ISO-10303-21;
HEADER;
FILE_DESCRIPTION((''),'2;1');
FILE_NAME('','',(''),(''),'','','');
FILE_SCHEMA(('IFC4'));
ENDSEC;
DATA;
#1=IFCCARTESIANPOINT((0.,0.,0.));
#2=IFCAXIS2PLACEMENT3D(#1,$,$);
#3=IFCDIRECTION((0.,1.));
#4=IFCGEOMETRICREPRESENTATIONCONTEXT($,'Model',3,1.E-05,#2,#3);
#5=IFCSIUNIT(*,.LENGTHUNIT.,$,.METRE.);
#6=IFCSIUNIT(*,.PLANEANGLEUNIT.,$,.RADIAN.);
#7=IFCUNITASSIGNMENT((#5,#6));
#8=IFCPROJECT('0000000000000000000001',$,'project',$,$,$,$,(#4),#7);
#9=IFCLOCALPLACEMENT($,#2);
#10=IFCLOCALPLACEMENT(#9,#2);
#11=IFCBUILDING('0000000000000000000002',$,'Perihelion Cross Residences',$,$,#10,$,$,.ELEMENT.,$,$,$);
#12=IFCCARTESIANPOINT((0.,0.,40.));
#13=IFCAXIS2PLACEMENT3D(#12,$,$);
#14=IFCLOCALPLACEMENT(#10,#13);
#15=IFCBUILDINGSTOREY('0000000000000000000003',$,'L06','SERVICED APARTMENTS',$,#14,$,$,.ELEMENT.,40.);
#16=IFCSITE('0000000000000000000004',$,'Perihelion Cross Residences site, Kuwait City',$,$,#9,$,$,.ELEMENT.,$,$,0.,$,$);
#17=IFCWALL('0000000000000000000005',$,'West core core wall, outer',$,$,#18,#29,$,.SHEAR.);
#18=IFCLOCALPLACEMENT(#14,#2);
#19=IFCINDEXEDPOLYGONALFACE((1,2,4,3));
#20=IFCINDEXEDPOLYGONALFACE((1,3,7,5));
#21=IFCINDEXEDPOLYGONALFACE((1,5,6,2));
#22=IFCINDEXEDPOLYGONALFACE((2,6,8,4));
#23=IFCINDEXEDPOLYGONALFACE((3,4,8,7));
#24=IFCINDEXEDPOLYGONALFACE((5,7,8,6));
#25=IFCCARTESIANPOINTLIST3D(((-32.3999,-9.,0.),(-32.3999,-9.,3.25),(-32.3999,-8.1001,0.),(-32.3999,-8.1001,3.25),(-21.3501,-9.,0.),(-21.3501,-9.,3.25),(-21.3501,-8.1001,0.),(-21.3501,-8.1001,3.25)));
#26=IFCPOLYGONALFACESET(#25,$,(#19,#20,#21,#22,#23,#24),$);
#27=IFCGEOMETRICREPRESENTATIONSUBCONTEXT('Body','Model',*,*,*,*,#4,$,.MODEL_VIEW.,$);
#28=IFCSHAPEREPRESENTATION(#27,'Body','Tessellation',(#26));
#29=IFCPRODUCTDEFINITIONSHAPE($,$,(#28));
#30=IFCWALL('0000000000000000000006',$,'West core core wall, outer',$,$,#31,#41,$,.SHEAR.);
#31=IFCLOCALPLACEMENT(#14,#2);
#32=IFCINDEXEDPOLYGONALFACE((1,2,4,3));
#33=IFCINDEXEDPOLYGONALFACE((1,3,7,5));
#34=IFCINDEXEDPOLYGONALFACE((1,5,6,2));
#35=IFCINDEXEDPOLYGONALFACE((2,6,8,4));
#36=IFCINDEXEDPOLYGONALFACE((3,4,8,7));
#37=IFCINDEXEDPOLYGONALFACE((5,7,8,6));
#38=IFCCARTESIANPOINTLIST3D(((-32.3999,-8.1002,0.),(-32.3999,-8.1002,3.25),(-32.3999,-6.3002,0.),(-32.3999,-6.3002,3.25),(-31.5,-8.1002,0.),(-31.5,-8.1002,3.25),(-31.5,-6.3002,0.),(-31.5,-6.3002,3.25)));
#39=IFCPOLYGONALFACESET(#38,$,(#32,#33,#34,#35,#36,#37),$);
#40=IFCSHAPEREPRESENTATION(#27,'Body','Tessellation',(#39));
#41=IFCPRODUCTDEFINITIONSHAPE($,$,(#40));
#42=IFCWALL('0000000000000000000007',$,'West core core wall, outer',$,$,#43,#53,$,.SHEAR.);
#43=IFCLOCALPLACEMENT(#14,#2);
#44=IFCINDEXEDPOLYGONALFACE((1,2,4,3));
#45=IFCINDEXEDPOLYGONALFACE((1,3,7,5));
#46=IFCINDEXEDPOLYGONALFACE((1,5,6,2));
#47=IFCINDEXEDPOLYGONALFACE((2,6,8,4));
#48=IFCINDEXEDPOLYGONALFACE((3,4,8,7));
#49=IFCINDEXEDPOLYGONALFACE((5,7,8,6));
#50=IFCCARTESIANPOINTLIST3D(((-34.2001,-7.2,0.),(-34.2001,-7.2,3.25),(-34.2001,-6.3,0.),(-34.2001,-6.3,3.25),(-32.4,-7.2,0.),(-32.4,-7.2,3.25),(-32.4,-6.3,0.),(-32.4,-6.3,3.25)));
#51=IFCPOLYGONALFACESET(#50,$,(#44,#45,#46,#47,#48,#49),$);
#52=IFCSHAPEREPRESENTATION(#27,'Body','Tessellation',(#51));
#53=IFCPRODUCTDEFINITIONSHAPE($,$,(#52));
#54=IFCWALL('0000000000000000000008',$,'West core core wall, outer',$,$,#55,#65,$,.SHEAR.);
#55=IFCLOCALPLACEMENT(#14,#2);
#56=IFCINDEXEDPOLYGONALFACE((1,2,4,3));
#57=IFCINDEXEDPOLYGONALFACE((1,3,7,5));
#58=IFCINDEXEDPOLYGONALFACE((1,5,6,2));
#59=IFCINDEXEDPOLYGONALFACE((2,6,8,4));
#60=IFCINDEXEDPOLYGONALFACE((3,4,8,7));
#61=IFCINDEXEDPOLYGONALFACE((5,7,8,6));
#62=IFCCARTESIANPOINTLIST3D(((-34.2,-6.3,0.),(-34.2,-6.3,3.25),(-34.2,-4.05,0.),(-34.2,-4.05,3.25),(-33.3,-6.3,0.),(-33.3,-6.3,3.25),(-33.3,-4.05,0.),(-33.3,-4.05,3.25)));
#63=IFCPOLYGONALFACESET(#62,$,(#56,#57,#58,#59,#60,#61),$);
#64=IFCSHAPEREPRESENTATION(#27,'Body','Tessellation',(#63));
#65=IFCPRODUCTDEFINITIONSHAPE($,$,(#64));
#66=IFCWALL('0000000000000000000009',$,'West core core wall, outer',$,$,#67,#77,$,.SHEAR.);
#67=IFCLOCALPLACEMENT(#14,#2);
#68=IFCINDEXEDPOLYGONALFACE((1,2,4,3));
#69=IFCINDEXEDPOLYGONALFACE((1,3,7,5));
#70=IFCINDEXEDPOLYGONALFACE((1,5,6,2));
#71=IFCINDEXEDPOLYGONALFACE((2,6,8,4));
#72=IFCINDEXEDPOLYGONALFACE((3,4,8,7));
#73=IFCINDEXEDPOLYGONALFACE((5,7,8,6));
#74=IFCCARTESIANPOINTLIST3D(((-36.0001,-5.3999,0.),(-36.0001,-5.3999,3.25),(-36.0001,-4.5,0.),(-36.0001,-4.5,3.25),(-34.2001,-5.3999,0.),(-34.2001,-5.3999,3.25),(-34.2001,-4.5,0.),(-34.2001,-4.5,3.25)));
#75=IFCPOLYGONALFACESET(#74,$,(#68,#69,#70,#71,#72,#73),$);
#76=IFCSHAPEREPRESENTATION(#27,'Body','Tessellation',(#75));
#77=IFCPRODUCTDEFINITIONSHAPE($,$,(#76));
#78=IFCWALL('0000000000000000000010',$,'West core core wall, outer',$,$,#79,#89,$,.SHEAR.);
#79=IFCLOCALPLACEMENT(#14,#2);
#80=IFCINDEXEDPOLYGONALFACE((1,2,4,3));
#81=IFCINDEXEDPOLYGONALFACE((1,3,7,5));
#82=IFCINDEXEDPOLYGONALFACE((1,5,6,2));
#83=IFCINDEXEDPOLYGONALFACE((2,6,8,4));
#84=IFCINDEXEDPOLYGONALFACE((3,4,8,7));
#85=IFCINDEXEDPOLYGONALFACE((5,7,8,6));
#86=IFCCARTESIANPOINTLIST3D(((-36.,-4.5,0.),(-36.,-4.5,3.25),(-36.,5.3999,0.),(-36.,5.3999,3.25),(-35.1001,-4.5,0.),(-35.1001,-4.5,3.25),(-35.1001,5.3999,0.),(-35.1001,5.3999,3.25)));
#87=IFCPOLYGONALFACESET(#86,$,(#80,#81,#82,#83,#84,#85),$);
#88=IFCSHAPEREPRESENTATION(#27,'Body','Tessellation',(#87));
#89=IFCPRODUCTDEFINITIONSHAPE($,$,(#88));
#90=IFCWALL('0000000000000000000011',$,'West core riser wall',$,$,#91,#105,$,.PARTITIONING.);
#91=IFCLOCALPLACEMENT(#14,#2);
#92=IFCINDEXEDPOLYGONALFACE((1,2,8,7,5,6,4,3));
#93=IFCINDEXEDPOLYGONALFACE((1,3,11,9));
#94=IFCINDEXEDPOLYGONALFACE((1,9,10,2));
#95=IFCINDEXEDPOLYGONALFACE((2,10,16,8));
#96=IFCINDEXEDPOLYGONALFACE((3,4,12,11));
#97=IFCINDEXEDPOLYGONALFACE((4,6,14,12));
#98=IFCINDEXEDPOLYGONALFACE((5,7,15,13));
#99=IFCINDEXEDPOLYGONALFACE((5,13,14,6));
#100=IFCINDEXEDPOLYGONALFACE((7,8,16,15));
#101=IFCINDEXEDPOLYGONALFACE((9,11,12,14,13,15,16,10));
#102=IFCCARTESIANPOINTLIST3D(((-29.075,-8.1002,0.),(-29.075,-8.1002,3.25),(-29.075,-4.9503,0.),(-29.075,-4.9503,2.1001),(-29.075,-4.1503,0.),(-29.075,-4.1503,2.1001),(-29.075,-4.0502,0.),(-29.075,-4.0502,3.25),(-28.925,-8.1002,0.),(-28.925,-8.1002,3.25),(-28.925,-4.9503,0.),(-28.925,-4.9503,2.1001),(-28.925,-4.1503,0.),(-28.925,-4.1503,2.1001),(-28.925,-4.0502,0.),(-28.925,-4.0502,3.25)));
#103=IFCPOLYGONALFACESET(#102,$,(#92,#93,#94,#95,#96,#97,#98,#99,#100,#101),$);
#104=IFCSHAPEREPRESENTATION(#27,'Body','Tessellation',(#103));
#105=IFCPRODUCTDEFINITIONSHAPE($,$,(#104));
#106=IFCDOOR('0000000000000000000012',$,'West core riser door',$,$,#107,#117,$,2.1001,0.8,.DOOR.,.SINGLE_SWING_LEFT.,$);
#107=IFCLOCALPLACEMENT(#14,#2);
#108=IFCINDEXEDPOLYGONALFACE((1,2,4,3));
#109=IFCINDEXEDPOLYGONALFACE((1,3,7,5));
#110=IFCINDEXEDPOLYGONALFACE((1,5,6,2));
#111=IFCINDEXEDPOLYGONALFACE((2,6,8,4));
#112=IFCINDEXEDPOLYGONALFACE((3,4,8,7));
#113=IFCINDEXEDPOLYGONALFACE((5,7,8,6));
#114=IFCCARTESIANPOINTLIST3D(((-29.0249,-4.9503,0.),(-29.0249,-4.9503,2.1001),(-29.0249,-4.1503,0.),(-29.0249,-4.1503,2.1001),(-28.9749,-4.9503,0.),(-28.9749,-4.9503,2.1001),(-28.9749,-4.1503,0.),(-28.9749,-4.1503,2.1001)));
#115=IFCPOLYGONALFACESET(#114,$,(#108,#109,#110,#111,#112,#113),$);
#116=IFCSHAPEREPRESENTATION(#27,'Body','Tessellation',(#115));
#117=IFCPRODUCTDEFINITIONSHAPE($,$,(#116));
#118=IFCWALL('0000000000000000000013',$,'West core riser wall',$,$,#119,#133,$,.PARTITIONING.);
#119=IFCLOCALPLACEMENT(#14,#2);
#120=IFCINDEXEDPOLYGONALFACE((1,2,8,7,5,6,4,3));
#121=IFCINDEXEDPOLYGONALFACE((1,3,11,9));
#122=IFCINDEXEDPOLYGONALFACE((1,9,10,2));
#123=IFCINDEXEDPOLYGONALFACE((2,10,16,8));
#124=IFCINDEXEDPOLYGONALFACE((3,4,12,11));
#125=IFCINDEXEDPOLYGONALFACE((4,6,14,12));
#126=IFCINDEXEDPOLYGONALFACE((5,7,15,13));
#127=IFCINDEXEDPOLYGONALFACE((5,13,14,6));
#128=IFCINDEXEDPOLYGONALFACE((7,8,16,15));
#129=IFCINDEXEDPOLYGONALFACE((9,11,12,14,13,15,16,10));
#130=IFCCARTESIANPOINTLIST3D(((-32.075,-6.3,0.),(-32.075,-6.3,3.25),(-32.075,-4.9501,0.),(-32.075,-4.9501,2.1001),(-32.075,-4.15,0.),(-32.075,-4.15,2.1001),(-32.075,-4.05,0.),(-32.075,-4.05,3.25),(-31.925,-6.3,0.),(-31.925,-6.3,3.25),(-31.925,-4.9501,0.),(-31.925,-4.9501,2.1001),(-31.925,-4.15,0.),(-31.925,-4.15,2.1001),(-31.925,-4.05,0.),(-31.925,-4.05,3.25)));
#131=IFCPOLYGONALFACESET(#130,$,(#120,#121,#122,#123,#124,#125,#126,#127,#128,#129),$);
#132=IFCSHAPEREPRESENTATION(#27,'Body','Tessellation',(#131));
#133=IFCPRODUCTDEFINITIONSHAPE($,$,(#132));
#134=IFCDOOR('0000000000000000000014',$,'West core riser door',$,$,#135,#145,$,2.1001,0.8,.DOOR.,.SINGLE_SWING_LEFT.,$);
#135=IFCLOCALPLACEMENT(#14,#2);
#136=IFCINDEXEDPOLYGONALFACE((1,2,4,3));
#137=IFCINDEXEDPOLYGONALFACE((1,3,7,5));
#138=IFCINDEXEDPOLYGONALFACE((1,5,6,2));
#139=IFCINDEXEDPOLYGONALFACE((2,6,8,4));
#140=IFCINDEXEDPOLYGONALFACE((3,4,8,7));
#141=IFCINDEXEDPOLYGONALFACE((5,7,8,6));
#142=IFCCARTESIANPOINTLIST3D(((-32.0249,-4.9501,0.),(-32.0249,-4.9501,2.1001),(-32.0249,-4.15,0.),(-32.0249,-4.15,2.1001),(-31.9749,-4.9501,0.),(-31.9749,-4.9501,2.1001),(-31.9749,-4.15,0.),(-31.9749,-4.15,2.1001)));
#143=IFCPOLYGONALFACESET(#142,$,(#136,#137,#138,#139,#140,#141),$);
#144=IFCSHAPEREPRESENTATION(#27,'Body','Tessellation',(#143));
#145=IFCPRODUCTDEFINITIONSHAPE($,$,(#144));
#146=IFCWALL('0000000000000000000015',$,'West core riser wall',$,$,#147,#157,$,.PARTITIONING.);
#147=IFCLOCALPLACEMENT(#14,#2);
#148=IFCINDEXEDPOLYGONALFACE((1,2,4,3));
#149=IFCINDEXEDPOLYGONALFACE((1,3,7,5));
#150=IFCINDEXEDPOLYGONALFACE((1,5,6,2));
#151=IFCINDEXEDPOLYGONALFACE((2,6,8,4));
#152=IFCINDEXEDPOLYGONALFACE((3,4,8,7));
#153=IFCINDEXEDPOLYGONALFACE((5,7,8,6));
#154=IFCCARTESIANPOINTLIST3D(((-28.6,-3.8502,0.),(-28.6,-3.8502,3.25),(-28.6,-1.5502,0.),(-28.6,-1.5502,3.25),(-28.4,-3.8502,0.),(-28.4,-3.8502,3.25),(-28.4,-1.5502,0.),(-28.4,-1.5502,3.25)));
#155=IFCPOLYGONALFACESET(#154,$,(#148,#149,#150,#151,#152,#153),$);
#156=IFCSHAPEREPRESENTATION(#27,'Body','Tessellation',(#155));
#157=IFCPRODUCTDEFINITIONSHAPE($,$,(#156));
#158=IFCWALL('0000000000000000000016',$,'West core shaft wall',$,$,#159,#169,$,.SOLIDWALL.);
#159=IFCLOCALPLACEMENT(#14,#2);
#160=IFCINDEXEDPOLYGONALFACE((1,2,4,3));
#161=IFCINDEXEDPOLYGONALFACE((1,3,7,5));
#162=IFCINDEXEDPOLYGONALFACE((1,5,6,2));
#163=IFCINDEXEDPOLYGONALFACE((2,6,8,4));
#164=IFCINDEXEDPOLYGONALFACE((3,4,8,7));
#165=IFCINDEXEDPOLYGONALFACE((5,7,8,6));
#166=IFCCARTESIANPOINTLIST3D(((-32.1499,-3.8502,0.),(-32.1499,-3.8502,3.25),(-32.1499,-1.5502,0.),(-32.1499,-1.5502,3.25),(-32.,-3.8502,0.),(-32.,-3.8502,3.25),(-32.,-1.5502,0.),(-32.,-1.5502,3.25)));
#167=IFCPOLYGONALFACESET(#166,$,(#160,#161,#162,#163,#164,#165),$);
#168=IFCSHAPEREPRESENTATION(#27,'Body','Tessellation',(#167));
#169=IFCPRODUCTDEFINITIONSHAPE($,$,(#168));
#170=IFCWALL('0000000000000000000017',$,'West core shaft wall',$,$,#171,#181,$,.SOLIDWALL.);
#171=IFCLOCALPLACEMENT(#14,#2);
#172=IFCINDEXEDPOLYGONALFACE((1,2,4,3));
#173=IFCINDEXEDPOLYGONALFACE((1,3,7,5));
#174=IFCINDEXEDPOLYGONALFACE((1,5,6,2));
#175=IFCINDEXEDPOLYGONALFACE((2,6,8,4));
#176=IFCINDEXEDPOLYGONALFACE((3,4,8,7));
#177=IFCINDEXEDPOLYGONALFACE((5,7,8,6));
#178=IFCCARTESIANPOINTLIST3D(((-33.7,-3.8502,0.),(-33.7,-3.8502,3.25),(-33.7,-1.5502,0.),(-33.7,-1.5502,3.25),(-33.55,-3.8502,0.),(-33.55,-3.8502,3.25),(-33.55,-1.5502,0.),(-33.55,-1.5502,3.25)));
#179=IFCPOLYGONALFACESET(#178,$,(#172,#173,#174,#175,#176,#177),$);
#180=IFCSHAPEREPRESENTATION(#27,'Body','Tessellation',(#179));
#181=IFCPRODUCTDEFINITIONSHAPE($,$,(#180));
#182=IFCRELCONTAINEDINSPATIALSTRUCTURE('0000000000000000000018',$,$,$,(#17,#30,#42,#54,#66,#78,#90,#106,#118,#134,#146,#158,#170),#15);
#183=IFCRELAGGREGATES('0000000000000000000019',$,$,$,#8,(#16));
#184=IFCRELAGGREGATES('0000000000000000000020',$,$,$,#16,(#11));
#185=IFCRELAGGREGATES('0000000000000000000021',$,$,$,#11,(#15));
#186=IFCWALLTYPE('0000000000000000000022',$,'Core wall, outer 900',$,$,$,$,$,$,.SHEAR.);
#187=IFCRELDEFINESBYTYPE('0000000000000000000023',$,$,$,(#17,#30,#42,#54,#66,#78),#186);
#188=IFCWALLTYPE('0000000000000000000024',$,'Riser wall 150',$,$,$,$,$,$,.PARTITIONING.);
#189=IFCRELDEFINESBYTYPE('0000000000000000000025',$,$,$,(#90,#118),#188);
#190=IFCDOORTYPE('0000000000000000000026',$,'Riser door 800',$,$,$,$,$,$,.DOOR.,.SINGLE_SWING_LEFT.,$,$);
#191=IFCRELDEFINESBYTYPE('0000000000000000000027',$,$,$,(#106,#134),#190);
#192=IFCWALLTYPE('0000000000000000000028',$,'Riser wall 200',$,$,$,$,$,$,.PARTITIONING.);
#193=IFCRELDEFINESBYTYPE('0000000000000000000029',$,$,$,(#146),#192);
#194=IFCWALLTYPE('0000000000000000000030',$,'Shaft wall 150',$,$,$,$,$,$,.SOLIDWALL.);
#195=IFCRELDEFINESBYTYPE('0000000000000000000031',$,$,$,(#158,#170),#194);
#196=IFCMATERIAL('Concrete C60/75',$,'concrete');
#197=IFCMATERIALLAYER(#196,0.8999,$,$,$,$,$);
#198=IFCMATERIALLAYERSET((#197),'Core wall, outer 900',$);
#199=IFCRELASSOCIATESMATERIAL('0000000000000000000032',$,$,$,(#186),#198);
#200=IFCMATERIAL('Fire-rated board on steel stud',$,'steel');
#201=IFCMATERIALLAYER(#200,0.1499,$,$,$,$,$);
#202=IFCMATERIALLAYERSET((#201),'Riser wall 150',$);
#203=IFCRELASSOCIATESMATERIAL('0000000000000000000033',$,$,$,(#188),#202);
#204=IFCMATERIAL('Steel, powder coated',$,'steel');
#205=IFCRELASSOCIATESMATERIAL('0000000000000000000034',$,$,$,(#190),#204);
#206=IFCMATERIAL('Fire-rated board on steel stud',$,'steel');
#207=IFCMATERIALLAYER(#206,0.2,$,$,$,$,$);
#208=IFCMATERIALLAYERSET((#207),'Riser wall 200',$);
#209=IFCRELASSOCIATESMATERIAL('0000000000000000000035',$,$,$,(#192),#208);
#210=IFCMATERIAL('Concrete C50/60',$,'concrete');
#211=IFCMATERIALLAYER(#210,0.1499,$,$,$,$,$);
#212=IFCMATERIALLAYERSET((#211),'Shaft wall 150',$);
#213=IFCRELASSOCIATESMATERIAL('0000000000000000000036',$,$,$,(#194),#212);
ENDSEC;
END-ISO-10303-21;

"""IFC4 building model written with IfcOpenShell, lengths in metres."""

from ifc_helpers import new_model, si_unit, direction, frame, frame_2d, origin, place, context, subcontext, project, spatial, rectangle, extrude, material, layer, layer_set, type_object, element, fill, save


model = new_model("IFC4")

# Units and contexts
model_context = context("Model", 3, precision=1e-05, world=origin(), true_north=direction((0.0, 1.0)))
body_context = subcontext(model_context, "Body", "Model", "MODEL_VIEW")
ifc_project = project(units=[si_unit("LENGTHUNIT", "METRE"), si_unit("PLANEANGLEUNIT", "RADIAN")], contexts=[model_context])

# Site, building, storey
site_placement = place(None, origin())
site = spatial("IfcSite", under=ifc_project, at=site_placement, Name="Perihelion Cross Residences site, Kuwait City", CompositionType="ELEMENT", RefElevation=0.0)
building_placement = place(site_placement, origin())
building = spatial("IfcBuilding", under=site, at=building_placement, Name="Perihelion Cross Residences", CompositionType="ELEMENT")
storey_placement = place(building_placement, frame((0.0, 0.0, 40.0)))
storey = spatial("IfcBuildingStorey", under=building, at=storey_placement, Name="L06", Description="SERVICED APARTMENTS", CompositionType="ELEMENT", Elevation=40.0)

# Walls
ifc_material_1 = material(Name="Concrete C60/75", Category="concrete")
ifc_layer_1 = layer(ifc_material_1, 0.8999)
ifc_layer_set_1 = layer_set([ifc_layer_1], Name="Core wall, outer 900")
wall_type_1 = type_object("IfcWallType", Name="Core wall, outer 900", PredefinedType="SHEAR", material=ifc_layer_set_1)
wall_1_placement = place(storey_placement, frame((-32.3999, -8.55, 0.0), z_axis=(0.0, 0.0, 1.0), x_axis=(1.0, 0.0, 0.0)))
element("IfcWall", 1, at=wall_1_placement, inside=storey, type_object=wall_type_1, Name="West core core wall, outer", PredefinedType="SHEAR", context=body_context, shape_type="SweptSolid", body=[
    extrude(rectangle(XDim=11.0498, YDim=0.8999, at=frame_2d((5.5249, 0.0))), origin(), (0.0, 0.0, 1.0), 3.25),
])
for number, where, z_axis, x_axis, name in (
    (2, (-31.95, -8.1001, 0.0), (0.0, 0.0, 1.0), (0.0, 1.0, 0.0), "West core core wall, outer"),
    (3, (-34.2, -6.75, 0.0), (0.0, 0.0, 1.0), (1.0, 0.0, 0.0), "West core core wall, outer"),
):
    element("IfcWall", number, at=place(storey_placement, frame(where, z_axis=z_axis, x_axis=x_axis)), inside=storey, type_object=wall_type_1, Name=name, PredefinedType="SHEAR", context=body_context, shape_type="SweptSolid", body=[
        extrude(rectangle(XDim=1.8, YDim=0.8999, at=frame_2d((0.8999, 0.0))), origin(), (0.0, 0.0, 1.0), 3.25),
    ])
wall_2_placement = place(storey_placement, frame((-33.75, -6.3, 0.0), z_axis=(0.0, 0.0, 1.0), x_axis=(0.0, 1.0, 0.0)))
element("IfcWall", 4, at=wall_2_placement, inside=storey, type_object=wall_type_1, Name="West core core wall, outer", PredefinedType="SHEAR", context=body_context, shape_type="SweptSolid", body=[
    extrude(rectangle(XDim=2.25, YDim=0.8999, at=frame_2d((1.125, 0.0))), origin(), (0.0, 0.0, 1.0), 3.25),
])
wall_3_placement = place(storey_placement, frame((-36.0, -4.95, 0.0), z_axis=(0.0, 0.0, 1.0), x_axis=(1.0, 0.0, 0.0)))
element("IfcWall", 5, at=wall_3_placement, inside=storey, type_object=wall_type_1, Name="West core core wall, outer", PredefinedType="SHEAR", context=body_context, shape_type="SweptSolid", body=[
    extrude(rectangle(XDim=1.8, YDim=0.8999, at=frame_2d((0.8999, 0.0))), origin(), (0.0, 0.0, 1.0), 3.25),
])
wall_4_placement = place(storey_placement, frame((-35.55, -4.5, 0.0), z_axis=(0.0, 0.0, 1.0), x_axis=(0.0, 1.0, 0.0)))
element("IfcWall", 6, at=wall_4_placement, inside=storey, type_object=wall_type_1, Name="West core core wall, outer", PredefinedType="SHEAR", context=body_context, shape_type="SweptSolid", body=[
    extrude(rectangle(XDim=9.8999, YDim=0.8999, at=frame_2d((4.95, 0.0))), origin(), (0.0, 0.0, 1.0), 3.25),
])

# Walls, openings, doors
ifc_material_2 = material(Name="Fire-rated board on steel stud", Category="steel")
ifc_layer_2 = layer(ifc_material_2, 0.1499)
ifc_layer_set_2 = layer_set([ifc_layer_2], Name="Riser wall 150")
wall_type_2 = type_object("IfcWallType", Name="Riser wall 150", PredefinedType="PARTITIONING", material=ifc_layer_set_2)
wall_5_placement = place(storey_placement, frame((-29.0, -8.1001, 0.0), z_axis=(0.0, 0.0, 1.0), x_axis=(0.0, 1.0, 0.0)))
wall_5 = element("IfcWall", 7, at=wall_5_placement, inside=storey, type_object=wall_type_2, Name="West core riser wall", PredefinedType="PARTITIONING", context=body_context, shape_type="SweptSolid", body=[
    extrude(rectangle(XDim=4.05, YDim=0.1499, at=frame_2d((2.0249, 0.0))), origin(), (0.0, 0.0, 1.0), 3.25),
])
opening_1_placement = place(wall_5_placement, frame((3.1499, 0.0, 0.0)))
opening_1 = element("IfcOpeningElement", 8, at=opening_1_placement, cuts=wall_5, PredefinedType="OPENING", context=body_context, shape_type="SweptSolid", body=[
    extrude(rectangle(XDim=0.8, YDim=2.1001, at=frame_2d((0.3999, 1.05))), frame((0.0, 0.085, 0.0), z_axis=(0.0, -1.0, 0.0), x_axis=(1.0, 0.0, 0.0)), (0.0, 0.0, 1.0), 0.1699),
])
ifc_material_3 = material(Name="Steel, powder coated", Category="steel")
door_type_1 = type_object("IfcDoorType", Name="Riser door 800", OperationType="SINGLE_SWING_LEFT", PredefinedType="DOOR", material=ifc_material_3)
door_1_placement = place(opening_1_placement, origin())
door_1 = element("IfcDoor", 9, at=door_1_placement, inside=storey, type_object=door_type_1, Name="West core riser door", OperationType="SINGLE_SWING_LEFT", OverallHeight=2.1001, OverallWidth=0.8, PredefinedType="DOOR", context=body_context, shape_type="SweptSolid", body=[
    extrude(rectangle(XDim=0.8, YDim=2.1001, at=frame_2d((0.3999, 1.05))), frame((0.0, 0.0249, 0.0), z_axis=(0.0, -1.0, 0.0), x_axis=(1.0, 0.0, 0.0)), (0.0, 0.0, 1.0), 0.05),
])
fill(opening_1, door_1)
wall_6_placement = place(storey_placement, frame((-32.0, -6.3, 0.0), z_axis=(0.0, 0.0, 1.0), x_axis=(0.0, 1.0, 0.0)))
wall_6 = element("IfcWall", 10, at=wall_6_placement, inside=storey, type_object=wall_type_2, Name="West core riser wall", PredefinedType="PARTITIONING", context=body_context, shape_type="SweptSolid", body=[
    extrude(rectangle(XDim=2.25, YDim=0.1499, at=frame_2d((1.125, 0.0))), origin(), (0.0, 0.0, 1.0), 3.25),
])
opening_2_placement = place(wall_6_placement, frame((1.3501, 0.0, 0.0)))
opening_2 = element("IfcOpeningElement", 11, at=opening_2_placement, cuts=wall_6, PredefinedType="OPENING", context=body_context, shape_type="SweptSolid", body=[
    extrude(rectangle(XDim=0.8, YDim=2.1001, at=frame_2d((0.3999, 1.05))), frame((0.0, 0.085, 0.0), z_axis=(0.0, -1.0, 0.0), x_axis=(1.0, 0.0, 0.0)), (0.0, 0.0, 1.0), 0.1699),
])
door_2_placement = place(opening_2_placement, origin())
door_2 = element("IfcDoor", 12, at=door_2_placement, inside=storey, type_object=door_type_1, Name="West core riser door", OperationType="SINGLE_SWING_LEFT", OverallHeight=2.1001, OverallWidth=0.8, PredefinedType="DOOR", context=body_context, shape_type="SweptSolid", body=[
    extrude(rectangle(XDim=0.8, YDim=2.1001, at=frame_2d((0.3999, 1.05))), frame((0.0, 0.0249, 0.0), z_axis=(0.0, -1.0, 0.0), x_axis=(1.0, 0.0, 0.0)), (0.0, 0.0, 1.0), 0.05),
])
fill(opening_2, door_2)

# Walls
ifc_material_4 = material(Name="Fire-rated board on steel stud", Category="steel")
ifc_layer_3 = layer(ifc_material_4, 0.2)
ifc_layer_set_3 = layer_set([ifc_layer_3], Name="Riser wall 200")
wall_type_3 = type_object("IfcWallType", Name="Riser wall 200", PredefinedType="PARTITIONING", material=ifc_layer_set_3)
wall_7_placement = place(storey_placement, frame((-28.5, -3.8501, 0.0), z_axis=(0.0, 0.0, 1.0), x_axis=(0.0, 1.0, 0.0)))
element("IfcWall", 13, at=wall_7_placement, inside=storey, type_object=wall_type_3, Name="West core riser wall", PredefinedType="PARTITIONING", context=body_context, shape_type="SweptSolid", body=[
    extrude(rectangle(XDim=2.3, YDim=0.2, at=frame_2d((1.1499, 0.0))), origin(), (0.0, 0.0, 1.0), 3.25),
])
ifc_material_5 = material(Name="Concrete C50/60", Category="concrete")
ifc_layer_4 = layer(ifc_material_5, 0.1499)
ifc_layer_set_4 = layer_set([ifc_layer_4], Name="Shaft wall 150")
wall_type_4 = type_object("IfcWallType", Name="Shaft wall 150", PredefinedType="SOLIDWALL", material=ifc_layer_set_4)
for number, where, z_axis, x_axis, name in (
    (14, (-32.075, -3.8501, 0.0), (0.0, 0.0, 1.0), (0.0, 1.0, 0.0), "West core shaft wall"),
    (15, (-33.625, -3.8501, 0.0), (0.0, 0.0, 1.0), (0.0, 1.0, 0.0), "West core shaft wall"),
):
    element("IfcWall", number, at=place(storey_placement, frame(where, z_axis=z_axis, x_axis=x_axis)), inside=storey, type_object=wall_type_4, Name=name, PredefinedType="SOLIDWALL", context=body_context, shape_type="SweptSolid", body=[
        extrude(rectangle(XDim=2.3, YDim=0.1499, at=frame_2d((1.1499, 0.0))), origin(), (0.0, 0.0, 1.0), 3.25),
    ])

save(model, "model.ifc")
